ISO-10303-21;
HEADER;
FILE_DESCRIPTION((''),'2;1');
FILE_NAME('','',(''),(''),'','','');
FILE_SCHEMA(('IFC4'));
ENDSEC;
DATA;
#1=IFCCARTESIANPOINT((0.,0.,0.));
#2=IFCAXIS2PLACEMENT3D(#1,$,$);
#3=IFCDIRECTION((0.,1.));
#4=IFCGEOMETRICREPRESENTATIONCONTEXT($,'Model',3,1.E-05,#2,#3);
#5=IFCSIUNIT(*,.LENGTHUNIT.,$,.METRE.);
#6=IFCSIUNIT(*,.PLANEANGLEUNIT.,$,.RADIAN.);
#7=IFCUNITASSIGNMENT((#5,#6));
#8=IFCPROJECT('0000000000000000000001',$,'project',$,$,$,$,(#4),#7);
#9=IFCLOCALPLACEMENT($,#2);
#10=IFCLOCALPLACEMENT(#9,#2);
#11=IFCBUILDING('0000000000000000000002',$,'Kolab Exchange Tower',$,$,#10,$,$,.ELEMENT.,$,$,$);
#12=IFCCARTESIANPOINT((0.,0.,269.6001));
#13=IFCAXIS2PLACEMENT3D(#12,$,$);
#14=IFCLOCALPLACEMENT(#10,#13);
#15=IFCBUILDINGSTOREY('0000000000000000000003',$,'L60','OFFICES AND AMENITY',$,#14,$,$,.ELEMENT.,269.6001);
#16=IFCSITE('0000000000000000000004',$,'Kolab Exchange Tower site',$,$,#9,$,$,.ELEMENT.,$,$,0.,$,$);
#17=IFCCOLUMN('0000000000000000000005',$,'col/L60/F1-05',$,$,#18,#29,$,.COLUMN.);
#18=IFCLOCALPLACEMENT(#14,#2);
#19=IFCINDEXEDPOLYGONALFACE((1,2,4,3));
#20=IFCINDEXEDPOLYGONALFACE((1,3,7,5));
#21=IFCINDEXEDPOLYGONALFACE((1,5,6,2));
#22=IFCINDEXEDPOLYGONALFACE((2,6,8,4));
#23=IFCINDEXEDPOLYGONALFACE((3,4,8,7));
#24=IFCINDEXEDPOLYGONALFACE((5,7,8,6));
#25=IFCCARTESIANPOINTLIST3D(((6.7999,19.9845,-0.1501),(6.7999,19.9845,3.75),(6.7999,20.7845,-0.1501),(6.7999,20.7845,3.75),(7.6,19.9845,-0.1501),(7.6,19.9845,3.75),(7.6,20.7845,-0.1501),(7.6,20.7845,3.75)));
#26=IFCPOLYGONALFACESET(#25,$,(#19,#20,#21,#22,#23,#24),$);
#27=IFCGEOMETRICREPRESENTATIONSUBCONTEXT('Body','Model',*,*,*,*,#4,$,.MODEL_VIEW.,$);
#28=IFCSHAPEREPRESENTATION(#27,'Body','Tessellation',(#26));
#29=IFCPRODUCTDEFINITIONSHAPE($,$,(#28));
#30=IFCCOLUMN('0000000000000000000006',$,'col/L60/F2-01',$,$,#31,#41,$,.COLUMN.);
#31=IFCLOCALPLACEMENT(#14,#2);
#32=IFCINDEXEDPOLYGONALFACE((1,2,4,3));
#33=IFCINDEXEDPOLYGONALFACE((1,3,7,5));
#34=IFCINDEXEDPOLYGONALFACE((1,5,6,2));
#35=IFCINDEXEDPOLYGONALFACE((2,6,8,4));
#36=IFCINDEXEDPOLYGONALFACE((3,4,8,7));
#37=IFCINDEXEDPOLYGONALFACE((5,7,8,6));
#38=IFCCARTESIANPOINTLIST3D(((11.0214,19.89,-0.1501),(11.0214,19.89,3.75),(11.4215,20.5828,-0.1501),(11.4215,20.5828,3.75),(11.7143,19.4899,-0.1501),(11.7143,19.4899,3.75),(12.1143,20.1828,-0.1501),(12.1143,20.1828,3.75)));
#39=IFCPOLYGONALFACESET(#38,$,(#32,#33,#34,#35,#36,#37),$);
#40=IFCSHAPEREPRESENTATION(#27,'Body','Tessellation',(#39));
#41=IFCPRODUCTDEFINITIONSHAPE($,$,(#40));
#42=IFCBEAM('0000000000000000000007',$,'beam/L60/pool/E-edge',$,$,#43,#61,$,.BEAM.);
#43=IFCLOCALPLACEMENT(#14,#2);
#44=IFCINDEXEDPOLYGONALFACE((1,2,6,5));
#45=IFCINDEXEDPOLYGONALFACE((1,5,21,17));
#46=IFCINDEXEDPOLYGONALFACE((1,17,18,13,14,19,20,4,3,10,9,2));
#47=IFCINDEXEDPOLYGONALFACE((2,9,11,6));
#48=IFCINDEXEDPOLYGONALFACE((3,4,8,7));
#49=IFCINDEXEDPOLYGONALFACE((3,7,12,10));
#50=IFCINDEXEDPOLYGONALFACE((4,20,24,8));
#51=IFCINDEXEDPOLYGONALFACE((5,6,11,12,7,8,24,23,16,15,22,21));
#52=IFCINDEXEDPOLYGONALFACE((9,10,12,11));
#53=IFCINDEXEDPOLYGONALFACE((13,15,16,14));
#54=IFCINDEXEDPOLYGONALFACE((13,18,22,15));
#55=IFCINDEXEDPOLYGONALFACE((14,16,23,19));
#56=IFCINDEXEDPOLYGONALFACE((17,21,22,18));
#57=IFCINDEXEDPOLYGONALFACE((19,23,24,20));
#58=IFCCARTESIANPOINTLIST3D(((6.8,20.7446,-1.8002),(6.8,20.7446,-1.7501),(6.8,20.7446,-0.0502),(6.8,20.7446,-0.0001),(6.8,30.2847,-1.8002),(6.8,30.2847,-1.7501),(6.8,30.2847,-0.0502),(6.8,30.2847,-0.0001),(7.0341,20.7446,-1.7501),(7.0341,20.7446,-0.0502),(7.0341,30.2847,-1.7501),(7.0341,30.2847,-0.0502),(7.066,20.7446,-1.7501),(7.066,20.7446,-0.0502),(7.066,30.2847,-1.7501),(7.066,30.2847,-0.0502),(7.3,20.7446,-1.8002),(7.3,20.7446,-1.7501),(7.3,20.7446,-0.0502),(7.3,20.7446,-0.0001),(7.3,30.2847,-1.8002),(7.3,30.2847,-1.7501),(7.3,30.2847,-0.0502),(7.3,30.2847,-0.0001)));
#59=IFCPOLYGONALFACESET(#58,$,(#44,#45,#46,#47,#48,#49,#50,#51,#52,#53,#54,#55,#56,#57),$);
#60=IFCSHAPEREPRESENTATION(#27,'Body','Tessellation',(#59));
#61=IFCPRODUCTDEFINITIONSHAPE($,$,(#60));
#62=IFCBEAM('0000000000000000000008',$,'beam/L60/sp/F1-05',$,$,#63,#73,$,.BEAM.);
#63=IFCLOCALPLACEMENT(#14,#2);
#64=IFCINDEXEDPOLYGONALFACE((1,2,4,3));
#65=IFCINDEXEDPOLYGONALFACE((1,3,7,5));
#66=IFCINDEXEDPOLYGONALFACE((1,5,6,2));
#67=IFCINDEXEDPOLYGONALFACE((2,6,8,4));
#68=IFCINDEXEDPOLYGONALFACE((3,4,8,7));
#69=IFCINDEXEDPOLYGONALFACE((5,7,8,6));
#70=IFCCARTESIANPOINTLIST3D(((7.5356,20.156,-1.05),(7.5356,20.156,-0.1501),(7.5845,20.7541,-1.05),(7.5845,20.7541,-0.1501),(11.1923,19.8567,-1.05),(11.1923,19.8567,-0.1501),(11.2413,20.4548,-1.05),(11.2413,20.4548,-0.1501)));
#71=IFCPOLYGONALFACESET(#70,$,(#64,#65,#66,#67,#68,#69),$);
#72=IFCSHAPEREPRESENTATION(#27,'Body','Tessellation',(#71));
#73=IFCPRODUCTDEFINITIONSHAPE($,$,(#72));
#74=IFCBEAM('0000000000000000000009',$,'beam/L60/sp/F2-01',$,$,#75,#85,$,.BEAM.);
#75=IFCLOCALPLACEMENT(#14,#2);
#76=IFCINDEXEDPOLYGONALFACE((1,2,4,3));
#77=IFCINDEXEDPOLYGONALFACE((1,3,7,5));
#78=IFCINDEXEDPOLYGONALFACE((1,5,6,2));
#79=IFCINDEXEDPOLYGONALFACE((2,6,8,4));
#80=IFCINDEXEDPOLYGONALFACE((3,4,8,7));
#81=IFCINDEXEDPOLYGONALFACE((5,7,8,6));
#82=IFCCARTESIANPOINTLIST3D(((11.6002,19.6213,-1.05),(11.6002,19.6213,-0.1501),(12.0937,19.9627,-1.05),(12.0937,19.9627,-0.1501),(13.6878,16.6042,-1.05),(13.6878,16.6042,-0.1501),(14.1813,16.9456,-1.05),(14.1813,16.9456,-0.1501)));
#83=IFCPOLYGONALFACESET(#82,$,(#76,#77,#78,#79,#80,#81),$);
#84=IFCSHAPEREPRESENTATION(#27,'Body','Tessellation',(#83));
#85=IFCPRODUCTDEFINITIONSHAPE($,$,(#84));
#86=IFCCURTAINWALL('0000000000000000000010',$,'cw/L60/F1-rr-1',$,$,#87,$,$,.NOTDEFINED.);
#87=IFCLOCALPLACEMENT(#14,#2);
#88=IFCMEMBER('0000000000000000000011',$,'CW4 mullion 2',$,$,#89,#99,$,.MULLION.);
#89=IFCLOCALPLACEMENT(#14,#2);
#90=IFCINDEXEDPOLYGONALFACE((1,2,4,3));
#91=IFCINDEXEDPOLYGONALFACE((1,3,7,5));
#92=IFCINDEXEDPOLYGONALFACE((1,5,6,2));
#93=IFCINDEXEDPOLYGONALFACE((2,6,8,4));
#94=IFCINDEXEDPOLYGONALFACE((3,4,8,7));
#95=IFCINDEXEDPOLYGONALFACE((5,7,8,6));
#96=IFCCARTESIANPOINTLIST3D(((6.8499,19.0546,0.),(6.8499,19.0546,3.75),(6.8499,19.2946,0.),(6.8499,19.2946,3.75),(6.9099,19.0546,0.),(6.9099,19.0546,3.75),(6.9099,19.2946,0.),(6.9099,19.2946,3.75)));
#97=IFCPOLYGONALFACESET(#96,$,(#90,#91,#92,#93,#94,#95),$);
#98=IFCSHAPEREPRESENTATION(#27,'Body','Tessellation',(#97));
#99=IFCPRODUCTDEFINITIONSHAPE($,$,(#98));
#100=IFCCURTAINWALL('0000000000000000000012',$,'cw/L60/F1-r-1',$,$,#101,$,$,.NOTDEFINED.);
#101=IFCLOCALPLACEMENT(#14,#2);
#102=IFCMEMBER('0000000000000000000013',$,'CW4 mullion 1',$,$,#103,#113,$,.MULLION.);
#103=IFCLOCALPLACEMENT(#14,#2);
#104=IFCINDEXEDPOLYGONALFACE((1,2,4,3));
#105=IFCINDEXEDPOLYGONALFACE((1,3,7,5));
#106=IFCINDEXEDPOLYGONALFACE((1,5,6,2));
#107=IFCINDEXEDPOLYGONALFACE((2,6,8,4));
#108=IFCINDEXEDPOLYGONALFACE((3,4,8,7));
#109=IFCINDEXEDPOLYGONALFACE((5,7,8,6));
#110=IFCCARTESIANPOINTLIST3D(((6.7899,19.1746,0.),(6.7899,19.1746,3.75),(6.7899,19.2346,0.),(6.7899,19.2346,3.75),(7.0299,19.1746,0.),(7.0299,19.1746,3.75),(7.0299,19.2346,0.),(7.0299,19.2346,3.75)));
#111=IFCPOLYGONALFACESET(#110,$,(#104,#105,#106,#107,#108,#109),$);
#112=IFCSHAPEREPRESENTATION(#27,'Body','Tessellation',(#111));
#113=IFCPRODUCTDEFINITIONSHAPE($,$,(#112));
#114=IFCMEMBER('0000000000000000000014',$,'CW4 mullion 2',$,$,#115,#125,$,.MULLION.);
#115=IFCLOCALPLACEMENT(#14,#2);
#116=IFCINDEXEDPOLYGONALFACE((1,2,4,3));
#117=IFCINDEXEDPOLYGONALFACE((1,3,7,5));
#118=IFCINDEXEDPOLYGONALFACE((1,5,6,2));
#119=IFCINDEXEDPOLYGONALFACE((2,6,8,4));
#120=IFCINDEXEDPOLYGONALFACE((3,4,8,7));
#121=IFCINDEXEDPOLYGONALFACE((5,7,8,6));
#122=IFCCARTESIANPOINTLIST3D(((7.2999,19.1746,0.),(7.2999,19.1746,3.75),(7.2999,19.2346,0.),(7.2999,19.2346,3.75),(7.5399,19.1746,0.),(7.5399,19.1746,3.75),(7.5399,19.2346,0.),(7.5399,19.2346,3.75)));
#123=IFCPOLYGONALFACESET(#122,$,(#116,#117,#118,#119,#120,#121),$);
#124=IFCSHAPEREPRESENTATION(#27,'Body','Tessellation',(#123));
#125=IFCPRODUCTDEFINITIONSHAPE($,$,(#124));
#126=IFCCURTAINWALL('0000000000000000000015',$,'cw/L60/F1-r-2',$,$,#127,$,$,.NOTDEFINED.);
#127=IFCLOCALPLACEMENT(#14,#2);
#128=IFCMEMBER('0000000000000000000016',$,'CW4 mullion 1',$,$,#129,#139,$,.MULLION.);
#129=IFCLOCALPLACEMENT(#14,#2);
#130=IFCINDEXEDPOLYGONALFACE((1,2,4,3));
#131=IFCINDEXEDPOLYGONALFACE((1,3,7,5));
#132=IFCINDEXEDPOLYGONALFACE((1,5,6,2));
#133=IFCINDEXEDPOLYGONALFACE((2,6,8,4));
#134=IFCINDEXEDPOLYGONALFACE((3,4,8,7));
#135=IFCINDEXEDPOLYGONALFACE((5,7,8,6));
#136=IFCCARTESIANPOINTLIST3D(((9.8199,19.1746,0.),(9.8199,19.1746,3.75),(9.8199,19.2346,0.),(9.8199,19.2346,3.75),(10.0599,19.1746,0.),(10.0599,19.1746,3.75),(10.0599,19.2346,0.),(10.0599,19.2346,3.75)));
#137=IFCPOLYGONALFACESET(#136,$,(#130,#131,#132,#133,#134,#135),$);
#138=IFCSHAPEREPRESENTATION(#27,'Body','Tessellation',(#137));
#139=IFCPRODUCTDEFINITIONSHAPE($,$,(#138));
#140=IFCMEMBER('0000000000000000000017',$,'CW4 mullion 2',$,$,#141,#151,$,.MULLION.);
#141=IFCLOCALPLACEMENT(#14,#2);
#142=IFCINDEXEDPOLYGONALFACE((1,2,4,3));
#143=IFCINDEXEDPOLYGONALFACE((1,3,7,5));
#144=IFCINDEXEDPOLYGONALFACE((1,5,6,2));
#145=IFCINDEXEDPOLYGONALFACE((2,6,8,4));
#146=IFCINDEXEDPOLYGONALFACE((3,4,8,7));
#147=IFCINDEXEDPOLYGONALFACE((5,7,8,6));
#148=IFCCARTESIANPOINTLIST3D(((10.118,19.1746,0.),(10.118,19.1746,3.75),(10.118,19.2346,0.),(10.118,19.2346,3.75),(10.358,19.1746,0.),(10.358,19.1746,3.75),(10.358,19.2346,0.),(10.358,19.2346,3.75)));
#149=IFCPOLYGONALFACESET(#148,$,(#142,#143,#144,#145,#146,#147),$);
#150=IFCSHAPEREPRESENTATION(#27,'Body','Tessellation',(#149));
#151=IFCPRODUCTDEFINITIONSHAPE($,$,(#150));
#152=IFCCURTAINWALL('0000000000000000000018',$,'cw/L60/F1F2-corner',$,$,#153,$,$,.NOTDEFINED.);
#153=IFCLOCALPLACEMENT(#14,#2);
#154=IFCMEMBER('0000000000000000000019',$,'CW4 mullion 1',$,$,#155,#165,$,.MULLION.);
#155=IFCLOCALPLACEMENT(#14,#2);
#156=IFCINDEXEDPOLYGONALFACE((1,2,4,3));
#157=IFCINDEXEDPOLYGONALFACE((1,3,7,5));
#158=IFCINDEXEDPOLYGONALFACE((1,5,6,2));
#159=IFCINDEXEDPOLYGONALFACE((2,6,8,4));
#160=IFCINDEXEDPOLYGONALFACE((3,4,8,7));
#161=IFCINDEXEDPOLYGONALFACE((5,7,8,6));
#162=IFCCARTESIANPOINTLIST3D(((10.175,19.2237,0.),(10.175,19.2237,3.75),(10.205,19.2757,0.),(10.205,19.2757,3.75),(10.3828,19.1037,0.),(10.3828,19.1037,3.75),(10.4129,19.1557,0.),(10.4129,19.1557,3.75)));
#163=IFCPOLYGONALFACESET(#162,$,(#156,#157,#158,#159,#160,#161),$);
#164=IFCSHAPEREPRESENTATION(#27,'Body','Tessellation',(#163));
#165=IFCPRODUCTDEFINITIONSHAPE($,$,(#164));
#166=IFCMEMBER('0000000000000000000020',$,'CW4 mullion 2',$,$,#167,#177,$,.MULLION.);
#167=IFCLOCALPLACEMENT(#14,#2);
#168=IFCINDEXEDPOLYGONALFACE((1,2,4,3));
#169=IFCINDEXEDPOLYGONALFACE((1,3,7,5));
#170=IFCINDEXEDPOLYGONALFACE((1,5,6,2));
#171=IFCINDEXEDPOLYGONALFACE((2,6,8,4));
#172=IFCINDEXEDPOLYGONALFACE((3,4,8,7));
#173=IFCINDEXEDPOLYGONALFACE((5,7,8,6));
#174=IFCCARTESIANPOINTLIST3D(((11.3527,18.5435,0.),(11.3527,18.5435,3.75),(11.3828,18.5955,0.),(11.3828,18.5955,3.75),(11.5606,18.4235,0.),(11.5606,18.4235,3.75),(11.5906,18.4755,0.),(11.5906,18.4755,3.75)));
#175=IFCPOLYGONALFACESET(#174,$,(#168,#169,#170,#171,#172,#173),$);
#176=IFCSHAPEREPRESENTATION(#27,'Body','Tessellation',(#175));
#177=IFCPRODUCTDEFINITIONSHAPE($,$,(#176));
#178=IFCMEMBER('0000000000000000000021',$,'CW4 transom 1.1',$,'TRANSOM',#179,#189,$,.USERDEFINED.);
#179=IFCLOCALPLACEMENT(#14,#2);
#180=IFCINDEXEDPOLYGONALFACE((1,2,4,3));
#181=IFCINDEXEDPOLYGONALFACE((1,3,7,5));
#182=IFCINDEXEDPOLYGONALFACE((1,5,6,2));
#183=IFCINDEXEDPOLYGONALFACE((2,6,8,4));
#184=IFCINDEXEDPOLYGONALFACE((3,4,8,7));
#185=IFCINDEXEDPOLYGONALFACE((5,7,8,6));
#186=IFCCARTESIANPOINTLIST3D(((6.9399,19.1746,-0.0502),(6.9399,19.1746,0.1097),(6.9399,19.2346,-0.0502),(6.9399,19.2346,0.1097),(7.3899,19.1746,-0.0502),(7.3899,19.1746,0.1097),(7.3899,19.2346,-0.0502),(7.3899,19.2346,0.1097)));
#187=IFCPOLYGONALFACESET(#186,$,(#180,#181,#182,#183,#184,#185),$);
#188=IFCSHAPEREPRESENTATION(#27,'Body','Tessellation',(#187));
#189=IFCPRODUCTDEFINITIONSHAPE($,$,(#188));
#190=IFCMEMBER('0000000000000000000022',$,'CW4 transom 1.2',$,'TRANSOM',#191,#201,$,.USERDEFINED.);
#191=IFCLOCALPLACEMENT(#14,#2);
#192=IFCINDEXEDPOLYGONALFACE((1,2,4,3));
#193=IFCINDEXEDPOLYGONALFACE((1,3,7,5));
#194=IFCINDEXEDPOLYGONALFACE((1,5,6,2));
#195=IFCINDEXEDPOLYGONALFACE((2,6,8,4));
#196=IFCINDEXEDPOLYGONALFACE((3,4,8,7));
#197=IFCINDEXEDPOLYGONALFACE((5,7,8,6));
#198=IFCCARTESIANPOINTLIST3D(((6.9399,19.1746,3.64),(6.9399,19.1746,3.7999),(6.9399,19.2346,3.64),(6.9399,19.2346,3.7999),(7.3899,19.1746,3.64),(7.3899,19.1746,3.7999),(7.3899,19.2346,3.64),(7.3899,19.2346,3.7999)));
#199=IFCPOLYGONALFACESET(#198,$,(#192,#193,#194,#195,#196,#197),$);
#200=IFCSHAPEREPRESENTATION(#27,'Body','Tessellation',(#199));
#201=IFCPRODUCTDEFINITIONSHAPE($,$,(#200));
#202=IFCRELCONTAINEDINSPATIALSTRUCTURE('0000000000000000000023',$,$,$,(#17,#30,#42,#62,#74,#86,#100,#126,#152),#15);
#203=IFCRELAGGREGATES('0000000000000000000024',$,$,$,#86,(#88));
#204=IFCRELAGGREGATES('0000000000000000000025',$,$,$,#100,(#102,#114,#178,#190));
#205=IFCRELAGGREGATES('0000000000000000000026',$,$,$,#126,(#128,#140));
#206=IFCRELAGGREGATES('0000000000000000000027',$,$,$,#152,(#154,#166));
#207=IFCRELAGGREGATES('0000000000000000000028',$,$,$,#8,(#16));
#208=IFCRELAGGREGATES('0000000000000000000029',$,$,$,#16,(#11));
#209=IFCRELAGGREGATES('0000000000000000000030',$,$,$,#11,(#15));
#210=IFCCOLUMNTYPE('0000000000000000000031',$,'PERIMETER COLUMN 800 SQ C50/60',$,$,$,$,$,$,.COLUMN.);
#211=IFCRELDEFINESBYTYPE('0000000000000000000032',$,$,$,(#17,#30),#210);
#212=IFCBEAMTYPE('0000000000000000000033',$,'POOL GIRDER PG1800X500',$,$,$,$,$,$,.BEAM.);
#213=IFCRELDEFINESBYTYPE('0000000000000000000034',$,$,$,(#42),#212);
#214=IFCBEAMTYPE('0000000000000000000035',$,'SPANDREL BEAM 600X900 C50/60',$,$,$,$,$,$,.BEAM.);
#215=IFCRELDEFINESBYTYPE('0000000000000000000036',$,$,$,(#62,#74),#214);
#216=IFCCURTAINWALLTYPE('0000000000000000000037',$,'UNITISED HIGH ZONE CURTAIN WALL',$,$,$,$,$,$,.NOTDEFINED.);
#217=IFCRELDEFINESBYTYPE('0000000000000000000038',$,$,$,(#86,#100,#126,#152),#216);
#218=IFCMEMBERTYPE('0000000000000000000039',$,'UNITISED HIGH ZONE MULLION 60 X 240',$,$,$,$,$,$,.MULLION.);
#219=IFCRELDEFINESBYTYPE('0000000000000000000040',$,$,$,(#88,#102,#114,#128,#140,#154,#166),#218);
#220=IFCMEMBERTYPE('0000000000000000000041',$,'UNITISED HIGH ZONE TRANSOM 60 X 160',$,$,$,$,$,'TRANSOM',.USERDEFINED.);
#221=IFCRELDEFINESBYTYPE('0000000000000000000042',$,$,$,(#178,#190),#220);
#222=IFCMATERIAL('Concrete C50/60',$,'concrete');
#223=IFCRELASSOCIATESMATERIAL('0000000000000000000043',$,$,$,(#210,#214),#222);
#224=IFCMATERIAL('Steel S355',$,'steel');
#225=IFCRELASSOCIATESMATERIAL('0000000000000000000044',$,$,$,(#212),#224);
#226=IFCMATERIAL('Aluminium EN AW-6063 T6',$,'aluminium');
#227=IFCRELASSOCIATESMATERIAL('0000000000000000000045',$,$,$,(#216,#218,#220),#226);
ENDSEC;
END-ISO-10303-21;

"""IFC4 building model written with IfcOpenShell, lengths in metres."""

from ifc_helpers import new_model, si_unit, direction, frame, origin, origin_2d, place, context, subcontext, project, spatial, rectangle, i_section, extrude, material, material_profile, profile_set, type_object, element, aggregate, save


model = new_model("IFC4")

# Units and contexts
model_context = context("Model", 3, precision=1e-05, world=origin(), true_north=direction((0.0, 1.0)))
body_context = subcontext(model_context, "Body", "Model", "MODEL_VIEW")
ifc_project = project(units=[si_unit("LENGTHUNIT", "METRE"), si_unit("PLANEANGLEUNIT", "RADIAN")], contexts=[model_context])

# Site, building, storey
site_placement = place(None, origin())
site = spatial("IfcSite", under=ifc_project, at=site_placement, Name="Kolab Exchange Tower site", CompositionType="ELEMENT", RefElevation=0.0)
building_placement = place(site_placement, origin())
building = spatial("IfcBuilding", under=site, at=building_placement, Name="Kolab Exchange Tower", CompositionType="ELEMENT")
storey_placement = place(building_placement, frame((0.0, 0.0, 269.6001)))
storey = spatial("IfcBuildingStorey", under=building, at=storey_placement, Name="L60", Description="OFFICES AND AMENITY", CompositionType="ELEMENT", Elevation=269.6001)

# Columns
ifc_material_1 = material(Name="Concrete C50/60", Category="concrete")
ifc_material_profile_1 = material_profile(ifc_material_1, rectangle(XDim=0.8, YDim=0.8, at=origin_2d()), Name="RC800")
ifc_profile_set_1 = profile_set([ifc_material_profile_1], Name="Concrete C50/60")
column_type = type_object("IfcColumnType", Name="PERIMETER COLUMN 800 SQ C50/60", PredefinedType="COLUMN", material=ifc_profile_set_1)
for number, where, z_axis, x_axis, name in (
    (1, (7.2, 20.3845, -0.1501), (0.0, 0.0, 1.0), (1.0, 0.0, 0.0), "col/L60/F1-05"),
    (2, (11.5679, 20.0364, -0.1501), (0.0, 0.0, 1.0), (0.5, 0.866025, 0.0), "col/L60/F2-01"),
):
    element("IfcColumn", number, at=place(storey_placement, frame(where, z_axis=z_axis, x_axis=x_axis)), inside=storey, type_object=column_type, Name=name, PredefinedType="COLUMN", context=body_context, shape_type="SweptSolid", body=[
        extrude(rectangle(XDim=0.8, YDim=0.8, at=origin_2d()), origin(), (0.0, 0.0, 1.0), 3.9001),
    ])

# Beams
ifc_material_2 = material(Name="Steel S355", Category="steel")
ifc_material_profile_2 = material_profile(ifc_material_2, i_section(OverallWidth=0.5, OverallDepth=1.8, WebThickness=0.032, FlangeThickness=0.05, at=origin_2d()), Name="PG1800X500")
ifc_profile_set_2 = profile_set([ifc_material_profile_2], Name="Steel S355")
beam_type_1 = type_object("IfcBeamType", Name="POOL GIRDER PG1800X500", PredefinedType="BEAM", material=ifc_profile_set_2)
beam_placement = place(storey_placement, frame((7.05, 20.7446, -0.9001), z_axis=(0.0, 1.0, 0.0), x_axis=(-1.0, 0.0, 0.0)))
element("IfcBeam", 3, at=beam_placement, inside=storey, type_object=beam_type_1, Name="beam/L60/pool/E-edge", PredefinedType="BEAM", context=body_context, shape_type="SweptSolid", body=[
    extrude(i_section(OverallWidth=0.5, OverallDepth=1.8, WebThickness=0.032, FlangeThickness=0.05, at=origin_2d()), origin(), (0.0, 0.0, 1.0), 9.54),
])
ifc_material_profile_3 = material_profile(ifc_material_1, rectangle(XDim=0.6001, YDim=0.8999, at=origin_2d()), Name="RC600X900")
ifc_profile_set_3 = profile_set([ifc_material_profile_3], Name="Concrete C50/60")
beam_type_2 = type_object("IfcBeamType", Name="SPANDREL BEAM 600X900 C50/60", PredefinedType="BEAM", material=ifc_profile_set_3)
for number, where, z_axis, x_axis, name in (
    (4, (7.5601, 20.4551, -0.6001), (0.996667, -0.081581, 0.0), (0.081581, 0.996667, 0.0), "beam/L60/sp/F1-05"),
    (5, (11.8469, 19.792, -0.6001), (0.569006, -0.822334, 0.0), (0.822334, 0.569006, 0.0), "beam/L60/sp/F2-01"),
):
    element("IfcBeam", number, at=place(storey_placement, frame(where, z_axis=z_axis, x_axis=x_axis)), inside=storey, type_object=beam_type_2, Name=name, PredefinedType="BEAM", context=body_context, shape_type="SweptSolid", body=[
        extrude(rectangle(XDim=0.6001, YDim=0.8999, at=origin_2d()), origin(), (0.0, 0.0, 1.0), 3.6689),
    ])

# Curtain wall, member
ifc_material_3 = material(Name="Aluminium EN AW-6063 T6", Category="aluminium")
curtain_wall_type = type_object("IfcCurtainWallType", Name="UNITISED HIGH ZONE CURTAIN WALL", PredefinedType="NOTDEFINED", material=ifc_material_3)
curtain_wall_1_placement = place(storey_placement, origin())
curtain_wall_1 = element("IfcCurtainWall", 6, at=curtain_wall_1_placement, inside=storey, type_object=curtain_wall_type, Name="cw/L60/F1-rr-1", PredefinedType="NOTDEFINED")
ifc_material_profile_4 = material_profile(ifc_material_3, rectangle(XDim=0.0601, YDim=0.24, at=origin_2d()), Name="RECT 60X240")
ifc_profile_set_4 = profile_set([ifc_material_profile_4], Name="Aluminium EN AW-6063 T6")
member_type_1 = type_object("IfcMemberType", Name="UNITISED HIGH ZONE MULLION 60 X 240", PredefinedType="MULLION", material=ifc_profile_set_4)
member_1_placement = place(storey_placement, frame((6.8799, 19.1746, 0.0), z_axis=(0.0, 0.0, 1.0), x_axis=(-1.0, 0.0, 0.0)))
member_1 = element("IfcMember", 7, at=member_1_placement, type_object=member_type_1, Name="CW4 mullion 2", PredefinedType="MULLION", context=body_context, shape_type="SweptSolid", body=[
    extrude(rectangle(XDim=0.0601, YDim=0.24, at=origin_2d()), origin(), (0.0, 0.0, 1.0), 3.75),
])
aggregate(curtain_wall_1, [member_1])

# Curtain walls, members
curtain_wall_2_placement = place(storey_placement, origin())
curtain_wall_2 = element("IfcCurtainWall", 8, at=curtain_wall_2_placement, inside=storey, type_object=curtain_wall_type, Name="cw/L60/F1-r-1", PredefinedType="NOTDEFINED")
member_2_placement = place(storey_placement, frame((6.9099, 19.2046, 0.0), z_axis=(0.0, 0.0, 1.0), x_axis=(0.0, 1.0, 0.0)))
member_2 = element("IfcMember", 9, at=member_2_placement, type_object=member_type_1, Name="CW4 mullion 1", PredefinedType="MULLION", context=body_context, shape_type="SweptSolid", body=[
    extrude(rectangle(XDim=0.0601, YDim=0.24, at=origin_2d()), origin(), (0.0, 0.0, 1.0), 3.75),
])
member_3_placement = place(storey_placement, frame((7.4199, 19.2046, 0.0), z_axis=(0.0, 0.0, 1.0), x_axis=(0.0, 1.0, 0.0)))
member_3 = element("IfcMember", 10, at=member_3_placement, type_object=member_type_1, Name="CW4 mullion 2", PredefinedType="MULLION", context=body_context, shape_type="SweptSolid", body=[
    extrude(rectangle(XDim=0.0601, YDim=0.24, at=origin_2d()), origin(), (0.0, 0.0, 1.0), 3.75),
])
curtain_wall_3_placement = place(storey_placement, origin())
curtain_wall_3 = element("IfcCurtainWall", 11, at=curtain_wall_3_placement, inside=storey, type_object=curtain_wall_type, Name="cw/L60/F1-r-2", PredefinedType="NOTDEFINED")
member_4_placement = place(storey_placement, frame((9.9399, 19.2046, 0.0), z_axis=(0.0, 0.0, 1.0), x_axis=(0.0, 1.0, 0.0)))
member_4 = element("IfcMember", 12, at=member_4_placement, type_object=member_type_1, Name="CW4 mullion 1", PredefinedType="MULLION", context=body_context, shape_type="SweptSolid", body=[
    extrude(rectangle(XDim=0.0601, YDim=0.24, at=origin_2d()), origin(), (0.0, 0.0, 1.0), 3.75),
])
member_5_placement = place(storey_placement, frame((10.238, 19.2046, 0.0), z_axis=(0.0, 0.0, 1.0), x_axis=(0.0, 1.0, 0.0)))
member_5 = element("IfcMember", 13, at=member_5_placement, type_object=member_type_1, Name="CW4 mullion 2", PredefinedType="MULLION", context=body_context, shape_type="SweptSolid", body=[
    extrude(rectangle(XDim=0.0601, YDim=0.24, at=origin_2d()), origin(), (0.0, 0.0, 1.0), 3.75),
])
curtain_wall_4_placement = place(storey_placement, origin())
curtain_wall_4 = element("IfcCurtainWall", 14, at=curtain_wall_4_placement, inside=storey, type_object=curtain_wall_type, Name="cw/L60/F1F2-corner", PredefinedType="NOTDEFINED")
member_6_placement = place(storey_placement, frame((10.2939, 19.1897, 0.0), z_axis=(0.0, 0.0, 1.0), x_axis=(0.5, 0.866025, 0.0)))
member_6 = element("IfcMember", 15, at=member_6_placement, type_object=member_type_1, Name="CW4 mullion 1", PredefinedType="MULLION", context=body_context, shape_type="SweptSolid", body=[
    extrude(rectangle(XDim=0.0601, YDim=0.24, at=origin_2d()), origin(), (0.0, 0.0, 1.0), 3.75),
])
member_7_placement = place(storey_placement, frame((11.4717, 18.5095, 0.0), z_axis=(0.0, 0.0, 1.0), x_axis=(0.5, 0.866025, 0.0)))
member_7 = element("IfcMember", 16, at=member_7_placement, type_object=member_type_1, Name="CW4 mullion 2", PredefinedType="MULLION", context=body_context, shape_type="SweptSolid", body=[
    extrude(rectangle(XDim=0.0601, YDim=0.24, at=origin_2d()), origin(), (0.0, 0.0, 1.0), 3.75),
])

# Members
ifc_material_profile_5 = material_profile(ifc_material_3, rectangle(XDim=0.0601, YDim=0.1599, at=origin_2d()), Name="RECT 60X160")
ifc_profile_set_5 = profile_set([ifc_material_profile_5], Name="Aluminium EN AW-6063 T6")
member_type_2 = type_object("IfcMemberType", Name="UNITISED HIGH ZONE TRANSOM 60 X 160", ElementType="TRANSOM", PredefinedType="USERDEFINED", material=ifc_profile_set_5)
member_8_placement = place(storey_placement, frame((6.9399, 19.2046, 0.0298), z_axis=(1.0, 0.0, 0.0), x_axis=(0.0, 1.0, 0.0)))
member_8 = element("IfcMember", 17, at=member_8_placement, type_object=member_type_2, Name="CW4 transom 1.1", ObjectType="TRANSOM", PredefinedType="USERDEFINED", context=body_context, shape_type="SweptSolid", body=[
    extrude(rectangle(XDim=0.0601, YDim=0.1599, at=origin_2d()), origin(), (0.0, 0.0, 1.0), 0.45),
])
member_9_placement = place(storey_placement, frame((6.9399, 19.2046, 3.72), z_axis=(1.0, 0.0, 0.0), x_axis=(0.0, 1.0, 0.0)))
member_9 = element("IfcMember", 18, at=member_9_placement, type_object=member_type_2, Name="CW4 transom 1.2", ObjectType="TRANSOM", PredefinedType="USERDEFINED", context=body_context, shape_type="SweptSolid", body=[
    extrude(rectangle(XDim=0.0601, YDim=0.1599, at=origin_2d()), origin(), (0.0, 0.0, 1.0), 0.45),
])

aggregate(curtain_wall_2, [member_2, member_3, member_8, member_9])
aggregate(curtain_wall_3, [member_4, member_5])
aggregate(curtain_wall_4, [member_6, member_7])

save(model, "model.ifc")
